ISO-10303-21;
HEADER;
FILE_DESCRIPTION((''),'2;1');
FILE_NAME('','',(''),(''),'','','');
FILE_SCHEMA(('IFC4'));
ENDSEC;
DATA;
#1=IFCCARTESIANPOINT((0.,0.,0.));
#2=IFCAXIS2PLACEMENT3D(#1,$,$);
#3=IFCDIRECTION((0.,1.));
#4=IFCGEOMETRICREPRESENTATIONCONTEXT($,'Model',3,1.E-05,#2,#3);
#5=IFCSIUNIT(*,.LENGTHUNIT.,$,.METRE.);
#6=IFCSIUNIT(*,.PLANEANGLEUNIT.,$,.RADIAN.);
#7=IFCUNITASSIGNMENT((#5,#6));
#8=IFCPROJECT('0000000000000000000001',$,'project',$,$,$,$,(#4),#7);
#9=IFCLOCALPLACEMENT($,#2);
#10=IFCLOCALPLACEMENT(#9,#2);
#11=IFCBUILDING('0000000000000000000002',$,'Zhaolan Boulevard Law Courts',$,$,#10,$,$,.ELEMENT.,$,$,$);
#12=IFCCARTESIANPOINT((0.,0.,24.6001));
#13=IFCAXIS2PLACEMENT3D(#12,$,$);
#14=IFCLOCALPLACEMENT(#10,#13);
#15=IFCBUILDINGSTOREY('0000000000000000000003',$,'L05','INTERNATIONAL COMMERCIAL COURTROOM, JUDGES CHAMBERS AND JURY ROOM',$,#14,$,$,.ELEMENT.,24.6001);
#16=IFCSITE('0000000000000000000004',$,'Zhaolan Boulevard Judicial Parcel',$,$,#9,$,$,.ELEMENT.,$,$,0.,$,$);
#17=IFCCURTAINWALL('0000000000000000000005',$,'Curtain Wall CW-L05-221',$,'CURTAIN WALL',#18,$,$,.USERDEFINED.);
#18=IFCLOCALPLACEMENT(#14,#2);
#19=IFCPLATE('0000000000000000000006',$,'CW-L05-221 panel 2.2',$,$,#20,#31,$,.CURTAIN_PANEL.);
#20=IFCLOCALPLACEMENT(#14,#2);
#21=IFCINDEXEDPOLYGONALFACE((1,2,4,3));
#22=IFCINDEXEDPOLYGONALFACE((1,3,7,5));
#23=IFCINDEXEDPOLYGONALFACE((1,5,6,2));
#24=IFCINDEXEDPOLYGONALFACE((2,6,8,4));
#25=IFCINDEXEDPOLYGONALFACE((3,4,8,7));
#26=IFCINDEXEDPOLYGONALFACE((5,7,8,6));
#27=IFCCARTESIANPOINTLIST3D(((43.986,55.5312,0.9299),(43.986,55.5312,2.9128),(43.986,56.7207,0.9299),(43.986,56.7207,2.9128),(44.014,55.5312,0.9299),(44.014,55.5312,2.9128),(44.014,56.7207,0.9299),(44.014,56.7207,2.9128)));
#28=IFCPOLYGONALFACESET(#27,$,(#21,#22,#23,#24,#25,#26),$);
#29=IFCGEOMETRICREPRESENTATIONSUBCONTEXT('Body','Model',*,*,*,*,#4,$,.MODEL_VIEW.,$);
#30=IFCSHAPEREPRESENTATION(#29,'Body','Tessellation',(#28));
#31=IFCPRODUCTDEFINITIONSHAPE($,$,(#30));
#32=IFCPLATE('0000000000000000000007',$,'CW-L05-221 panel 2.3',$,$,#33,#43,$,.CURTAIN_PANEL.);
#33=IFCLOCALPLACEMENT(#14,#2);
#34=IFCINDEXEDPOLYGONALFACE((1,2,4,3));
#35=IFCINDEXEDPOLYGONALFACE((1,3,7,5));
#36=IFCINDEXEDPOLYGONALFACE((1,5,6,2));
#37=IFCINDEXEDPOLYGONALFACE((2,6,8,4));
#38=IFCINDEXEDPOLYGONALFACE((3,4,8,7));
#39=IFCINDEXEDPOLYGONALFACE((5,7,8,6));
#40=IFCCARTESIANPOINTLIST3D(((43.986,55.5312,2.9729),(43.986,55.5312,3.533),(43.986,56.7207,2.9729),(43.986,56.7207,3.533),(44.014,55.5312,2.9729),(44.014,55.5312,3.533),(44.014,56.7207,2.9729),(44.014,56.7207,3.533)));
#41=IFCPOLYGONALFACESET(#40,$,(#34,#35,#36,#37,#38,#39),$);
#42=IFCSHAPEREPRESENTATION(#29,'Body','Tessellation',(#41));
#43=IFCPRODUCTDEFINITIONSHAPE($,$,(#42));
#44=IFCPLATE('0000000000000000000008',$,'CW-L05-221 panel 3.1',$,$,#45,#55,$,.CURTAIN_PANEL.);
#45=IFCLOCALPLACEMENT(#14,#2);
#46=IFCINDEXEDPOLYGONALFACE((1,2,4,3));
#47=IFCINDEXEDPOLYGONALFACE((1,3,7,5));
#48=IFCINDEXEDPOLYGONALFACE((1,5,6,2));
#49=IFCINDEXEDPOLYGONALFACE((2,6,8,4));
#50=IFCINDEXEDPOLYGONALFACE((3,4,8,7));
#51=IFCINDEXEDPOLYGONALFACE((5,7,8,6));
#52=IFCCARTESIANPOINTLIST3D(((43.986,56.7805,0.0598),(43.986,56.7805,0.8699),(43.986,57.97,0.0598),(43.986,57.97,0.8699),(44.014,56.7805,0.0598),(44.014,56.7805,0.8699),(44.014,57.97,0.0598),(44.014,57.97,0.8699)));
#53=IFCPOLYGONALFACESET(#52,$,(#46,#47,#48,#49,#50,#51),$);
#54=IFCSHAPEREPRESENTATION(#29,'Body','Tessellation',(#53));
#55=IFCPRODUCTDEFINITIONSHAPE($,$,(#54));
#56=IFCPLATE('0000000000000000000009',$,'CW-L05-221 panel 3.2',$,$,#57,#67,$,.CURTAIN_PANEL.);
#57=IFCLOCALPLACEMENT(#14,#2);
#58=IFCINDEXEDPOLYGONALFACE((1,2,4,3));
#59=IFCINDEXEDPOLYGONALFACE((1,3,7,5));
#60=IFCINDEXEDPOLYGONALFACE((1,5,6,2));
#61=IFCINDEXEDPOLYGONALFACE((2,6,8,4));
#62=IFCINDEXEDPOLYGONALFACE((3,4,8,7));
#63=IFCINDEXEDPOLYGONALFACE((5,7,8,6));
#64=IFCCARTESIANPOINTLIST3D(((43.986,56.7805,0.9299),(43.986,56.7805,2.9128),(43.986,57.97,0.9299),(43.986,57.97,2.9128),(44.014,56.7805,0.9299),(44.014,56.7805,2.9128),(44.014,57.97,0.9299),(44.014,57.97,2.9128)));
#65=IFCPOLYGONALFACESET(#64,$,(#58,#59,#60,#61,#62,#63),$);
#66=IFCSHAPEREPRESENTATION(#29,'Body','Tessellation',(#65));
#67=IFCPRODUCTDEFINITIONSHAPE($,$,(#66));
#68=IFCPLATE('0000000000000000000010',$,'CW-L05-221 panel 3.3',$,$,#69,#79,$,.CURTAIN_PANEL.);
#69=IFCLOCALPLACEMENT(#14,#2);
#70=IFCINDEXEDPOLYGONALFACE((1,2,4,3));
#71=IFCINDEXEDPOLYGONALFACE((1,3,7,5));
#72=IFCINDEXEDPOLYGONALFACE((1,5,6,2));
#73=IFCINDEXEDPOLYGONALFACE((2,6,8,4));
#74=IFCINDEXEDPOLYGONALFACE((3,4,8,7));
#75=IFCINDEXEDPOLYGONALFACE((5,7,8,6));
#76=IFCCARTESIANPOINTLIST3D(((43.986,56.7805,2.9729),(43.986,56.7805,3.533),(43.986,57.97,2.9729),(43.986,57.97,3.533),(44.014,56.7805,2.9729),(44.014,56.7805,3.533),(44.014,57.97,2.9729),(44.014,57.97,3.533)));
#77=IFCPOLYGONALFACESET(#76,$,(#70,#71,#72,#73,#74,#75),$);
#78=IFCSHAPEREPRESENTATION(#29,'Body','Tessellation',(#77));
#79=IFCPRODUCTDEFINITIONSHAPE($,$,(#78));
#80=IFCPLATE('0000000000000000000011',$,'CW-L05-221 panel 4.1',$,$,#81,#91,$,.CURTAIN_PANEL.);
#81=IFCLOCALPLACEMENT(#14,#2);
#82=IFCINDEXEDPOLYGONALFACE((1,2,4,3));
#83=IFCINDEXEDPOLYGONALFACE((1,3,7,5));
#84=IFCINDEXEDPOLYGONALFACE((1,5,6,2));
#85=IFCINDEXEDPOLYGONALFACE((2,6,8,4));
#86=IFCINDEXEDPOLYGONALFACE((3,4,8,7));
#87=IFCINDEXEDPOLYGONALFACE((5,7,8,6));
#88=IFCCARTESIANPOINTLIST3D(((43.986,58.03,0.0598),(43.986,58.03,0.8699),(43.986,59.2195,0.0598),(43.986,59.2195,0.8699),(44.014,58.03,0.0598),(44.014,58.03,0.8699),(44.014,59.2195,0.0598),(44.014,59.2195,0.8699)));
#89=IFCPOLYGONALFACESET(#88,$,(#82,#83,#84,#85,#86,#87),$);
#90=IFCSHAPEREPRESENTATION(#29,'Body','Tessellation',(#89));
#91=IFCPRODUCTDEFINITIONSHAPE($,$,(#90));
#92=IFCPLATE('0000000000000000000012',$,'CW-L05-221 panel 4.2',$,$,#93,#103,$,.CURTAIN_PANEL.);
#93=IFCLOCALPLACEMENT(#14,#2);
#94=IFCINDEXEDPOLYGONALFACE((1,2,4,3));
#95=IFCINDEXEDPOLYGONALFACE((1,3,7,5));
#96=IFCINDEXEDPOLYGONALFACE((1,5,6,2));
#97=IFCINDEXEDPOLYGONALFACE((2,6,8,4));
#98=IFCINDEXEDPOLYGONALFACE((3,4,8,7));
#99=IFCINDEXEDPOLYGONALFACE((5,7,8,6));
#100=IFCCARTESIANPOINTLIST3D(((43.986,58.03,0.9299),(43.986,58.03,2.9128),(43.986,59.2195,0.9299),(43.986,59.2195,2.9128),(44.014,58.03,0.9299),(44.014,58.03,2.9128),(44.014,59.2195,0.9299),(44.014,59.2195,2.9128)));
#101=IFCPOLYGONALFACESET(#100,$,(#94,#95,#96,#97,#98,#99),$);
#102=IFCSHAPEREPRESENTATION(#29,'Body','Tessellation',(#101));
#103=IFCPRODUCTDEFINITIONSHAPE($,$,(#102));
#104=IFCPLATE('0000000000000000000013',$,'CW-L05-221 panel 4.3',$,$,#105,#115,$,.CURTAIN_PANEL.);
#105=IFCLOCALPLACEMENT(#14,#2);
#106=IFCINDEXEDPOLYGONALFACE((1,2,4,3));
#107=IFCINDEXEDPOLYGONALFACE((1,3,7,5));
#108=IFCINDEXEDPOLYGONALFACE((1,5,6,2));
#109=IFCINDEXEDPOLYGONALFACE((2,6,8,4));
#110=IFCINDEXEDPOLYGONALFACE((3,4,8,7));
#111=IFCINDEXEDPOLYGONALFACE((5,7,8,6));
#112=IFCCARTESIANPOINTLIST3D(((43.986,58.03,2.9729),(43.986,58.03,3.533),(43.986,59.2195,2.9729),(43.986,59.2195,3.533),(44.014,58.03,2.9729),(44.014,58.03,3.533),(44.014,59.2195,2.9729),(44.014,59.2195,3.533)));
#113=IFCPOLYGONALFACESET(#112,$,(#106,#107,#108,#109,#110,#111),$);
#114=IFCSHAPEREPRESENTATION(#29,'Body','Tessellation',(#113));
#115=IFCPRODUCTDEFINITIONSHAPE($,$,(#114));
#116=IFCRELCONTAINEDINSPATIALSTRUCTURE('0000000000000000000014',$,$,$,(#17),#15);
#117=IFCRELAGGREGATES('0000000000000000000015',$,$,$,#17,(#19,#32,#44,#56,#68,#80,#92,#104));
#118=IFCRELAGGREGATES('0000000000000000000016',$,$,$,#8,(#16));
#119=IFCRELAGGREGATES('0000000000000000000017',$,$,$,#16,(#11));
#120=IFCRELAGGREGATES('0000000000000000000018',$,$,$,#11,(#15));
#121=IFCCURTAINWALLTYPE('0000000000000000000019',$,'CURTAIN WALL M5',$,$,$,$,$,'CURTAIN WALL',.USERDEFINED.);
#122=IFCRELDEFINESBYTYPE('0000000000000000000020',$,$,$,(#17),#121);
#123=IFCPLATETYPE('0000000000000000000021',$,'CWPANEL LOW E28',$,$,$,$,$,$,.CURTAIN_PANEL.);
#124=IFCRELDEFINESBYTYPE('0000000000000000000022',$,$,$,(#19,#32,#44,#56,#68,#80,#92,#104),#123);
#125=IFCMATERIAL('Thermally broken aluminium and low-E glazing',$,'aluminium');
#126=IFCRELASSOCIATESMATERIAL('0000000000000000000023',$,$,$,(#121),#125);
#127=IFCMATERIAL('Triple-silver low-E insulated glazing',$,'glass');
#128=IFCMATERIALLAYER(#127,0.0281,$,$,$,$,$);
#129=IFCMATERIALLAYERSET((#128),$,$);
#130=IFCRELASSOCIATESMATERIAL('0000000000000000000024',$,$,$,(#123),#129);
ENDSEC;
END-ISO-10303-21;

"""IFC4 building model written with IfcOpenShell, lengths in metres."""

from ifc_helpers import new_model, si_unit, direction, frame, origin, origin_2d, place, context, subcontext, project, spatial, rectangle, extrude, material, layer, layer_set, type_object, element, aggregate, save


model = new_model("IFC4")

# Units and contexts
model_context = context("Model", 3, precision=1e-05, world=origin(), true_north=direction((0.0, 1.0)))
body_context = subcontext(model_context, "Body", "Model", "MODEL_VIEW")
ifc_project = project(units=[si_unit("LENGTHUNIT", "METRE"), si_unit("PLANEANGLEUNIT", "RADIAN")], contexts=[model_context])

# Site, building, storey
site_placement = place(None, origin())
site = spatial("IfcSite", under=ifc_project, at=site_placement, Name="Zhaolan Boulevard Judicial Parcel", CompositionType="ELEMENT", RefElevation=0.0)
building_placement = place(site_placement, origin())
building = spatial("IfcBuilding", under=site, at=building_placement, Name="Zhaolan Boulevard Law Courts", CompositionType="ELEMENT")
storey_placement = place(building_placement, frame((0.0, 0.0, 24.6001)))
storey = spatial("IfcBuildingStorey", under=building, at=storey_placement, Name="L05", Description="INTERNATIONAL COMMERCIAL COURTROOM, JUDGES CHAMBERS AND JURY ROOM", CompositionType="ELEMENT", Elevation=24.6001)

# Curtain wall, plates
ifc_material_1 = material(Name="Thermally broken aluminium and low-E glazing", Category="aluminium")
curtain_wall_type = type_object("IfcCurtainWallType", Name="CURTAIN WALL M5", ElementType="CURTAIN WALL", PredefinedType="USERDEFINED", material=ifc_material_1)
curtain_wall_placement = place(storey_placement, origin())
curtain_wall = element("IfcCurtainWall", 1, at=curtain_wall_placement, inside=storey, type_object=curtain_wall_type, Name="Curtain Wall CW-L05-221", ObjectType="CURTAIN WALL", PredefinedType="USERDEFINED")
ifc_material_2 = material(Name="Triple-silver low-E insulated glazing", Category="glass")
ifc_layer = layer(ifc_material_2, 0.0281)
ifc_layer_set = layer_set([ifc_layer])
plate_type = type_object("IfcPlateType", Name="CWPANEL LOW E28", PredefinedType="CURTAIN_PANEL", material=ifc_layer_set)
plate_1_placement = place(storey_placement, frame((44.0, 56.126, 0.9299), z_axis=(0.0, 0.0, 1.0), x_axis=(0.0, 1.0, 0.0)))
plate_1 = element("IfcPlate", 2, at=plate_1_placement, type_object=plate_type, Name="CW-L05-221 panel 2.2", PredefinedType="CURTAIN_PANEL", context=body_context, shape_type="SweptSolid", body=[
    extrude(rectangle(XDim=1.1895, YDim=0.0281, at=origin_2d()), origin(), (0.0, 0.0, 1.0), 1.9829),
])
plate_2_placement = place(storey_placement, frame((44.0, 56.126, 2.9729), z_axis=(0.0, 0.0, 1.0), x_axis=(0.0, 1.0, 0.0)))
plate_2 = element("IfcPlate", 3, at=plate_2_placement, type_object=plate_type, Name="CW-L05-221 panel 2.3", PredefinedType="CURTAIN_PANEL", context=body_context, shape_type="SweptSolid", body=[
    extrude(rectangle(XDim=1.1895, YDim=0.0281, at=origin_2d()), origin(), (0.0, 0.0, 1.0), 0.5601),
])
plate_3_placement = place(storey_placement, frame((44.0, 57.3752, 0.0598), z_axis=(0.0, 0.0, 1.0), x_axis=(0.0, 1.0, 0.0)))
plate_3 = element("IfcPlate", 4, at=plate_3_placement, type_object=plate_type, Name="CW-L05-221 panel 3.1", PredefinedType="CURTAIN_PANEL", context=body_context, shape_type="SweptSolid", body=[
    extrude(rectangle(XDim=1.1895, YDim=0.0281, at=origin_2d()), origin(), (0.0, 0.0, 1.0), 0.8101),
])
plate_4_placement = place(storey_placement, frame((44.0, 57.3752, 0.9299), z_axis=(0.0, 0.0, 1.0), x_axis=(0.0, 1.0, 0.0)))
plate_4 = element("IfcPlate", 5, at=plate_4_placement, type_object=plate_type, Name="CW-L05-221 panel 3.2", PredefinedType="CURTAIN_PANEL", context=body_context, shape_type="SweptSolid", body=[
    extrude(rectangle(XDim=1.1895, YDim=0.0281, at=origin_2d()), origin(), (0.0, 0.0, 1.0), 1.9829),
])
plate_5_placement = place(storey_placement, frame((44.0, 57.3752, 2.9729), z_axis=(0.0, 0.0, 1.0), x_axis=(0.0, 1.0, 0.0)))
plate_5 = element("IfcPlate", 6, at=plate_5_placement, type_object=plate_type, Name="CW-L05-221 panel 3.3", PredefinedType="CURTAIN_PANEL", context=body_context, shape_type="SweptSolid", body=[
    extrude(rectangle(XDim=1.1895, YDim=0.0281, at=origin_2d()), origin(), (0.0, 0.0, 1.0), 0.5601),
])
plate_6_placement = place(storey_placement, frame((44.0, 58.6248, 0.0598), z_axis=(0.0, 0.0, 1.0), x_axis=(0.0, 1.0, 0.0)))
plate_6 = element("IfcPlate", 7, at=plate_6_placement, type_object=plate_type, Name="CW-L05-221 panel 4.1", PredefinedType="CURTAIN_PANEL", context=body_context, shape_type="SweptSolid", body=[
    extrude(rectangle(XDim=1.1895, YDim=0.0281, at=origin_2d()), origin(), (0.0, 0.0, 1.0), 0.8101),
])
plate_7_placement = place(storey_placement, frame((44.0, 58.6248, 0.9299), z_axis=(0.0, 0.0, 1.0), x_axis=(0.0, 1.0, 0.0)))
plate_7 = element("IfcPlate", 8, at=plate_7_placement, type_object=plate_type, Name="CW-L05-221 panel 4.2", PredefinedType="CURTAIN_PANEL", context=body_context, shape_type="SweptSolid", body=[
    extrude(rectangle(XDim=1.1895, YDim=0.0281, at=origin_2d()), origin(), (0.0, 0.0, 1.0), 1.9829),
])
plate_8_placement = place(storey_placement, frame((44.0, 58.6248, 2.9729), z_axis=(0.0, 0.0, 1.0), x_axis=(0.0, 1.0, 0.0)))
plate_8 = element("IfcPlate", 9, at=plate_8_placement, type_object=plate_type, Name="CW-L05-221 panel 4.3", PredefinedType="CURTAIN_PANEL", context=body_context, shape_type="SweptSolid", body=[
    extrude(rectangle(XDim=1.1895, YDim=0.0281, at=origin_2d()), origin(), (0.0, 0.0, 1.0), 0.5601),
])
aggregate(curtain_wall, [plate_1, plate_2, plate_3, plate_4, plate_5, plate_6, plate_7, plate_8])

save(model, "model.ifc")
